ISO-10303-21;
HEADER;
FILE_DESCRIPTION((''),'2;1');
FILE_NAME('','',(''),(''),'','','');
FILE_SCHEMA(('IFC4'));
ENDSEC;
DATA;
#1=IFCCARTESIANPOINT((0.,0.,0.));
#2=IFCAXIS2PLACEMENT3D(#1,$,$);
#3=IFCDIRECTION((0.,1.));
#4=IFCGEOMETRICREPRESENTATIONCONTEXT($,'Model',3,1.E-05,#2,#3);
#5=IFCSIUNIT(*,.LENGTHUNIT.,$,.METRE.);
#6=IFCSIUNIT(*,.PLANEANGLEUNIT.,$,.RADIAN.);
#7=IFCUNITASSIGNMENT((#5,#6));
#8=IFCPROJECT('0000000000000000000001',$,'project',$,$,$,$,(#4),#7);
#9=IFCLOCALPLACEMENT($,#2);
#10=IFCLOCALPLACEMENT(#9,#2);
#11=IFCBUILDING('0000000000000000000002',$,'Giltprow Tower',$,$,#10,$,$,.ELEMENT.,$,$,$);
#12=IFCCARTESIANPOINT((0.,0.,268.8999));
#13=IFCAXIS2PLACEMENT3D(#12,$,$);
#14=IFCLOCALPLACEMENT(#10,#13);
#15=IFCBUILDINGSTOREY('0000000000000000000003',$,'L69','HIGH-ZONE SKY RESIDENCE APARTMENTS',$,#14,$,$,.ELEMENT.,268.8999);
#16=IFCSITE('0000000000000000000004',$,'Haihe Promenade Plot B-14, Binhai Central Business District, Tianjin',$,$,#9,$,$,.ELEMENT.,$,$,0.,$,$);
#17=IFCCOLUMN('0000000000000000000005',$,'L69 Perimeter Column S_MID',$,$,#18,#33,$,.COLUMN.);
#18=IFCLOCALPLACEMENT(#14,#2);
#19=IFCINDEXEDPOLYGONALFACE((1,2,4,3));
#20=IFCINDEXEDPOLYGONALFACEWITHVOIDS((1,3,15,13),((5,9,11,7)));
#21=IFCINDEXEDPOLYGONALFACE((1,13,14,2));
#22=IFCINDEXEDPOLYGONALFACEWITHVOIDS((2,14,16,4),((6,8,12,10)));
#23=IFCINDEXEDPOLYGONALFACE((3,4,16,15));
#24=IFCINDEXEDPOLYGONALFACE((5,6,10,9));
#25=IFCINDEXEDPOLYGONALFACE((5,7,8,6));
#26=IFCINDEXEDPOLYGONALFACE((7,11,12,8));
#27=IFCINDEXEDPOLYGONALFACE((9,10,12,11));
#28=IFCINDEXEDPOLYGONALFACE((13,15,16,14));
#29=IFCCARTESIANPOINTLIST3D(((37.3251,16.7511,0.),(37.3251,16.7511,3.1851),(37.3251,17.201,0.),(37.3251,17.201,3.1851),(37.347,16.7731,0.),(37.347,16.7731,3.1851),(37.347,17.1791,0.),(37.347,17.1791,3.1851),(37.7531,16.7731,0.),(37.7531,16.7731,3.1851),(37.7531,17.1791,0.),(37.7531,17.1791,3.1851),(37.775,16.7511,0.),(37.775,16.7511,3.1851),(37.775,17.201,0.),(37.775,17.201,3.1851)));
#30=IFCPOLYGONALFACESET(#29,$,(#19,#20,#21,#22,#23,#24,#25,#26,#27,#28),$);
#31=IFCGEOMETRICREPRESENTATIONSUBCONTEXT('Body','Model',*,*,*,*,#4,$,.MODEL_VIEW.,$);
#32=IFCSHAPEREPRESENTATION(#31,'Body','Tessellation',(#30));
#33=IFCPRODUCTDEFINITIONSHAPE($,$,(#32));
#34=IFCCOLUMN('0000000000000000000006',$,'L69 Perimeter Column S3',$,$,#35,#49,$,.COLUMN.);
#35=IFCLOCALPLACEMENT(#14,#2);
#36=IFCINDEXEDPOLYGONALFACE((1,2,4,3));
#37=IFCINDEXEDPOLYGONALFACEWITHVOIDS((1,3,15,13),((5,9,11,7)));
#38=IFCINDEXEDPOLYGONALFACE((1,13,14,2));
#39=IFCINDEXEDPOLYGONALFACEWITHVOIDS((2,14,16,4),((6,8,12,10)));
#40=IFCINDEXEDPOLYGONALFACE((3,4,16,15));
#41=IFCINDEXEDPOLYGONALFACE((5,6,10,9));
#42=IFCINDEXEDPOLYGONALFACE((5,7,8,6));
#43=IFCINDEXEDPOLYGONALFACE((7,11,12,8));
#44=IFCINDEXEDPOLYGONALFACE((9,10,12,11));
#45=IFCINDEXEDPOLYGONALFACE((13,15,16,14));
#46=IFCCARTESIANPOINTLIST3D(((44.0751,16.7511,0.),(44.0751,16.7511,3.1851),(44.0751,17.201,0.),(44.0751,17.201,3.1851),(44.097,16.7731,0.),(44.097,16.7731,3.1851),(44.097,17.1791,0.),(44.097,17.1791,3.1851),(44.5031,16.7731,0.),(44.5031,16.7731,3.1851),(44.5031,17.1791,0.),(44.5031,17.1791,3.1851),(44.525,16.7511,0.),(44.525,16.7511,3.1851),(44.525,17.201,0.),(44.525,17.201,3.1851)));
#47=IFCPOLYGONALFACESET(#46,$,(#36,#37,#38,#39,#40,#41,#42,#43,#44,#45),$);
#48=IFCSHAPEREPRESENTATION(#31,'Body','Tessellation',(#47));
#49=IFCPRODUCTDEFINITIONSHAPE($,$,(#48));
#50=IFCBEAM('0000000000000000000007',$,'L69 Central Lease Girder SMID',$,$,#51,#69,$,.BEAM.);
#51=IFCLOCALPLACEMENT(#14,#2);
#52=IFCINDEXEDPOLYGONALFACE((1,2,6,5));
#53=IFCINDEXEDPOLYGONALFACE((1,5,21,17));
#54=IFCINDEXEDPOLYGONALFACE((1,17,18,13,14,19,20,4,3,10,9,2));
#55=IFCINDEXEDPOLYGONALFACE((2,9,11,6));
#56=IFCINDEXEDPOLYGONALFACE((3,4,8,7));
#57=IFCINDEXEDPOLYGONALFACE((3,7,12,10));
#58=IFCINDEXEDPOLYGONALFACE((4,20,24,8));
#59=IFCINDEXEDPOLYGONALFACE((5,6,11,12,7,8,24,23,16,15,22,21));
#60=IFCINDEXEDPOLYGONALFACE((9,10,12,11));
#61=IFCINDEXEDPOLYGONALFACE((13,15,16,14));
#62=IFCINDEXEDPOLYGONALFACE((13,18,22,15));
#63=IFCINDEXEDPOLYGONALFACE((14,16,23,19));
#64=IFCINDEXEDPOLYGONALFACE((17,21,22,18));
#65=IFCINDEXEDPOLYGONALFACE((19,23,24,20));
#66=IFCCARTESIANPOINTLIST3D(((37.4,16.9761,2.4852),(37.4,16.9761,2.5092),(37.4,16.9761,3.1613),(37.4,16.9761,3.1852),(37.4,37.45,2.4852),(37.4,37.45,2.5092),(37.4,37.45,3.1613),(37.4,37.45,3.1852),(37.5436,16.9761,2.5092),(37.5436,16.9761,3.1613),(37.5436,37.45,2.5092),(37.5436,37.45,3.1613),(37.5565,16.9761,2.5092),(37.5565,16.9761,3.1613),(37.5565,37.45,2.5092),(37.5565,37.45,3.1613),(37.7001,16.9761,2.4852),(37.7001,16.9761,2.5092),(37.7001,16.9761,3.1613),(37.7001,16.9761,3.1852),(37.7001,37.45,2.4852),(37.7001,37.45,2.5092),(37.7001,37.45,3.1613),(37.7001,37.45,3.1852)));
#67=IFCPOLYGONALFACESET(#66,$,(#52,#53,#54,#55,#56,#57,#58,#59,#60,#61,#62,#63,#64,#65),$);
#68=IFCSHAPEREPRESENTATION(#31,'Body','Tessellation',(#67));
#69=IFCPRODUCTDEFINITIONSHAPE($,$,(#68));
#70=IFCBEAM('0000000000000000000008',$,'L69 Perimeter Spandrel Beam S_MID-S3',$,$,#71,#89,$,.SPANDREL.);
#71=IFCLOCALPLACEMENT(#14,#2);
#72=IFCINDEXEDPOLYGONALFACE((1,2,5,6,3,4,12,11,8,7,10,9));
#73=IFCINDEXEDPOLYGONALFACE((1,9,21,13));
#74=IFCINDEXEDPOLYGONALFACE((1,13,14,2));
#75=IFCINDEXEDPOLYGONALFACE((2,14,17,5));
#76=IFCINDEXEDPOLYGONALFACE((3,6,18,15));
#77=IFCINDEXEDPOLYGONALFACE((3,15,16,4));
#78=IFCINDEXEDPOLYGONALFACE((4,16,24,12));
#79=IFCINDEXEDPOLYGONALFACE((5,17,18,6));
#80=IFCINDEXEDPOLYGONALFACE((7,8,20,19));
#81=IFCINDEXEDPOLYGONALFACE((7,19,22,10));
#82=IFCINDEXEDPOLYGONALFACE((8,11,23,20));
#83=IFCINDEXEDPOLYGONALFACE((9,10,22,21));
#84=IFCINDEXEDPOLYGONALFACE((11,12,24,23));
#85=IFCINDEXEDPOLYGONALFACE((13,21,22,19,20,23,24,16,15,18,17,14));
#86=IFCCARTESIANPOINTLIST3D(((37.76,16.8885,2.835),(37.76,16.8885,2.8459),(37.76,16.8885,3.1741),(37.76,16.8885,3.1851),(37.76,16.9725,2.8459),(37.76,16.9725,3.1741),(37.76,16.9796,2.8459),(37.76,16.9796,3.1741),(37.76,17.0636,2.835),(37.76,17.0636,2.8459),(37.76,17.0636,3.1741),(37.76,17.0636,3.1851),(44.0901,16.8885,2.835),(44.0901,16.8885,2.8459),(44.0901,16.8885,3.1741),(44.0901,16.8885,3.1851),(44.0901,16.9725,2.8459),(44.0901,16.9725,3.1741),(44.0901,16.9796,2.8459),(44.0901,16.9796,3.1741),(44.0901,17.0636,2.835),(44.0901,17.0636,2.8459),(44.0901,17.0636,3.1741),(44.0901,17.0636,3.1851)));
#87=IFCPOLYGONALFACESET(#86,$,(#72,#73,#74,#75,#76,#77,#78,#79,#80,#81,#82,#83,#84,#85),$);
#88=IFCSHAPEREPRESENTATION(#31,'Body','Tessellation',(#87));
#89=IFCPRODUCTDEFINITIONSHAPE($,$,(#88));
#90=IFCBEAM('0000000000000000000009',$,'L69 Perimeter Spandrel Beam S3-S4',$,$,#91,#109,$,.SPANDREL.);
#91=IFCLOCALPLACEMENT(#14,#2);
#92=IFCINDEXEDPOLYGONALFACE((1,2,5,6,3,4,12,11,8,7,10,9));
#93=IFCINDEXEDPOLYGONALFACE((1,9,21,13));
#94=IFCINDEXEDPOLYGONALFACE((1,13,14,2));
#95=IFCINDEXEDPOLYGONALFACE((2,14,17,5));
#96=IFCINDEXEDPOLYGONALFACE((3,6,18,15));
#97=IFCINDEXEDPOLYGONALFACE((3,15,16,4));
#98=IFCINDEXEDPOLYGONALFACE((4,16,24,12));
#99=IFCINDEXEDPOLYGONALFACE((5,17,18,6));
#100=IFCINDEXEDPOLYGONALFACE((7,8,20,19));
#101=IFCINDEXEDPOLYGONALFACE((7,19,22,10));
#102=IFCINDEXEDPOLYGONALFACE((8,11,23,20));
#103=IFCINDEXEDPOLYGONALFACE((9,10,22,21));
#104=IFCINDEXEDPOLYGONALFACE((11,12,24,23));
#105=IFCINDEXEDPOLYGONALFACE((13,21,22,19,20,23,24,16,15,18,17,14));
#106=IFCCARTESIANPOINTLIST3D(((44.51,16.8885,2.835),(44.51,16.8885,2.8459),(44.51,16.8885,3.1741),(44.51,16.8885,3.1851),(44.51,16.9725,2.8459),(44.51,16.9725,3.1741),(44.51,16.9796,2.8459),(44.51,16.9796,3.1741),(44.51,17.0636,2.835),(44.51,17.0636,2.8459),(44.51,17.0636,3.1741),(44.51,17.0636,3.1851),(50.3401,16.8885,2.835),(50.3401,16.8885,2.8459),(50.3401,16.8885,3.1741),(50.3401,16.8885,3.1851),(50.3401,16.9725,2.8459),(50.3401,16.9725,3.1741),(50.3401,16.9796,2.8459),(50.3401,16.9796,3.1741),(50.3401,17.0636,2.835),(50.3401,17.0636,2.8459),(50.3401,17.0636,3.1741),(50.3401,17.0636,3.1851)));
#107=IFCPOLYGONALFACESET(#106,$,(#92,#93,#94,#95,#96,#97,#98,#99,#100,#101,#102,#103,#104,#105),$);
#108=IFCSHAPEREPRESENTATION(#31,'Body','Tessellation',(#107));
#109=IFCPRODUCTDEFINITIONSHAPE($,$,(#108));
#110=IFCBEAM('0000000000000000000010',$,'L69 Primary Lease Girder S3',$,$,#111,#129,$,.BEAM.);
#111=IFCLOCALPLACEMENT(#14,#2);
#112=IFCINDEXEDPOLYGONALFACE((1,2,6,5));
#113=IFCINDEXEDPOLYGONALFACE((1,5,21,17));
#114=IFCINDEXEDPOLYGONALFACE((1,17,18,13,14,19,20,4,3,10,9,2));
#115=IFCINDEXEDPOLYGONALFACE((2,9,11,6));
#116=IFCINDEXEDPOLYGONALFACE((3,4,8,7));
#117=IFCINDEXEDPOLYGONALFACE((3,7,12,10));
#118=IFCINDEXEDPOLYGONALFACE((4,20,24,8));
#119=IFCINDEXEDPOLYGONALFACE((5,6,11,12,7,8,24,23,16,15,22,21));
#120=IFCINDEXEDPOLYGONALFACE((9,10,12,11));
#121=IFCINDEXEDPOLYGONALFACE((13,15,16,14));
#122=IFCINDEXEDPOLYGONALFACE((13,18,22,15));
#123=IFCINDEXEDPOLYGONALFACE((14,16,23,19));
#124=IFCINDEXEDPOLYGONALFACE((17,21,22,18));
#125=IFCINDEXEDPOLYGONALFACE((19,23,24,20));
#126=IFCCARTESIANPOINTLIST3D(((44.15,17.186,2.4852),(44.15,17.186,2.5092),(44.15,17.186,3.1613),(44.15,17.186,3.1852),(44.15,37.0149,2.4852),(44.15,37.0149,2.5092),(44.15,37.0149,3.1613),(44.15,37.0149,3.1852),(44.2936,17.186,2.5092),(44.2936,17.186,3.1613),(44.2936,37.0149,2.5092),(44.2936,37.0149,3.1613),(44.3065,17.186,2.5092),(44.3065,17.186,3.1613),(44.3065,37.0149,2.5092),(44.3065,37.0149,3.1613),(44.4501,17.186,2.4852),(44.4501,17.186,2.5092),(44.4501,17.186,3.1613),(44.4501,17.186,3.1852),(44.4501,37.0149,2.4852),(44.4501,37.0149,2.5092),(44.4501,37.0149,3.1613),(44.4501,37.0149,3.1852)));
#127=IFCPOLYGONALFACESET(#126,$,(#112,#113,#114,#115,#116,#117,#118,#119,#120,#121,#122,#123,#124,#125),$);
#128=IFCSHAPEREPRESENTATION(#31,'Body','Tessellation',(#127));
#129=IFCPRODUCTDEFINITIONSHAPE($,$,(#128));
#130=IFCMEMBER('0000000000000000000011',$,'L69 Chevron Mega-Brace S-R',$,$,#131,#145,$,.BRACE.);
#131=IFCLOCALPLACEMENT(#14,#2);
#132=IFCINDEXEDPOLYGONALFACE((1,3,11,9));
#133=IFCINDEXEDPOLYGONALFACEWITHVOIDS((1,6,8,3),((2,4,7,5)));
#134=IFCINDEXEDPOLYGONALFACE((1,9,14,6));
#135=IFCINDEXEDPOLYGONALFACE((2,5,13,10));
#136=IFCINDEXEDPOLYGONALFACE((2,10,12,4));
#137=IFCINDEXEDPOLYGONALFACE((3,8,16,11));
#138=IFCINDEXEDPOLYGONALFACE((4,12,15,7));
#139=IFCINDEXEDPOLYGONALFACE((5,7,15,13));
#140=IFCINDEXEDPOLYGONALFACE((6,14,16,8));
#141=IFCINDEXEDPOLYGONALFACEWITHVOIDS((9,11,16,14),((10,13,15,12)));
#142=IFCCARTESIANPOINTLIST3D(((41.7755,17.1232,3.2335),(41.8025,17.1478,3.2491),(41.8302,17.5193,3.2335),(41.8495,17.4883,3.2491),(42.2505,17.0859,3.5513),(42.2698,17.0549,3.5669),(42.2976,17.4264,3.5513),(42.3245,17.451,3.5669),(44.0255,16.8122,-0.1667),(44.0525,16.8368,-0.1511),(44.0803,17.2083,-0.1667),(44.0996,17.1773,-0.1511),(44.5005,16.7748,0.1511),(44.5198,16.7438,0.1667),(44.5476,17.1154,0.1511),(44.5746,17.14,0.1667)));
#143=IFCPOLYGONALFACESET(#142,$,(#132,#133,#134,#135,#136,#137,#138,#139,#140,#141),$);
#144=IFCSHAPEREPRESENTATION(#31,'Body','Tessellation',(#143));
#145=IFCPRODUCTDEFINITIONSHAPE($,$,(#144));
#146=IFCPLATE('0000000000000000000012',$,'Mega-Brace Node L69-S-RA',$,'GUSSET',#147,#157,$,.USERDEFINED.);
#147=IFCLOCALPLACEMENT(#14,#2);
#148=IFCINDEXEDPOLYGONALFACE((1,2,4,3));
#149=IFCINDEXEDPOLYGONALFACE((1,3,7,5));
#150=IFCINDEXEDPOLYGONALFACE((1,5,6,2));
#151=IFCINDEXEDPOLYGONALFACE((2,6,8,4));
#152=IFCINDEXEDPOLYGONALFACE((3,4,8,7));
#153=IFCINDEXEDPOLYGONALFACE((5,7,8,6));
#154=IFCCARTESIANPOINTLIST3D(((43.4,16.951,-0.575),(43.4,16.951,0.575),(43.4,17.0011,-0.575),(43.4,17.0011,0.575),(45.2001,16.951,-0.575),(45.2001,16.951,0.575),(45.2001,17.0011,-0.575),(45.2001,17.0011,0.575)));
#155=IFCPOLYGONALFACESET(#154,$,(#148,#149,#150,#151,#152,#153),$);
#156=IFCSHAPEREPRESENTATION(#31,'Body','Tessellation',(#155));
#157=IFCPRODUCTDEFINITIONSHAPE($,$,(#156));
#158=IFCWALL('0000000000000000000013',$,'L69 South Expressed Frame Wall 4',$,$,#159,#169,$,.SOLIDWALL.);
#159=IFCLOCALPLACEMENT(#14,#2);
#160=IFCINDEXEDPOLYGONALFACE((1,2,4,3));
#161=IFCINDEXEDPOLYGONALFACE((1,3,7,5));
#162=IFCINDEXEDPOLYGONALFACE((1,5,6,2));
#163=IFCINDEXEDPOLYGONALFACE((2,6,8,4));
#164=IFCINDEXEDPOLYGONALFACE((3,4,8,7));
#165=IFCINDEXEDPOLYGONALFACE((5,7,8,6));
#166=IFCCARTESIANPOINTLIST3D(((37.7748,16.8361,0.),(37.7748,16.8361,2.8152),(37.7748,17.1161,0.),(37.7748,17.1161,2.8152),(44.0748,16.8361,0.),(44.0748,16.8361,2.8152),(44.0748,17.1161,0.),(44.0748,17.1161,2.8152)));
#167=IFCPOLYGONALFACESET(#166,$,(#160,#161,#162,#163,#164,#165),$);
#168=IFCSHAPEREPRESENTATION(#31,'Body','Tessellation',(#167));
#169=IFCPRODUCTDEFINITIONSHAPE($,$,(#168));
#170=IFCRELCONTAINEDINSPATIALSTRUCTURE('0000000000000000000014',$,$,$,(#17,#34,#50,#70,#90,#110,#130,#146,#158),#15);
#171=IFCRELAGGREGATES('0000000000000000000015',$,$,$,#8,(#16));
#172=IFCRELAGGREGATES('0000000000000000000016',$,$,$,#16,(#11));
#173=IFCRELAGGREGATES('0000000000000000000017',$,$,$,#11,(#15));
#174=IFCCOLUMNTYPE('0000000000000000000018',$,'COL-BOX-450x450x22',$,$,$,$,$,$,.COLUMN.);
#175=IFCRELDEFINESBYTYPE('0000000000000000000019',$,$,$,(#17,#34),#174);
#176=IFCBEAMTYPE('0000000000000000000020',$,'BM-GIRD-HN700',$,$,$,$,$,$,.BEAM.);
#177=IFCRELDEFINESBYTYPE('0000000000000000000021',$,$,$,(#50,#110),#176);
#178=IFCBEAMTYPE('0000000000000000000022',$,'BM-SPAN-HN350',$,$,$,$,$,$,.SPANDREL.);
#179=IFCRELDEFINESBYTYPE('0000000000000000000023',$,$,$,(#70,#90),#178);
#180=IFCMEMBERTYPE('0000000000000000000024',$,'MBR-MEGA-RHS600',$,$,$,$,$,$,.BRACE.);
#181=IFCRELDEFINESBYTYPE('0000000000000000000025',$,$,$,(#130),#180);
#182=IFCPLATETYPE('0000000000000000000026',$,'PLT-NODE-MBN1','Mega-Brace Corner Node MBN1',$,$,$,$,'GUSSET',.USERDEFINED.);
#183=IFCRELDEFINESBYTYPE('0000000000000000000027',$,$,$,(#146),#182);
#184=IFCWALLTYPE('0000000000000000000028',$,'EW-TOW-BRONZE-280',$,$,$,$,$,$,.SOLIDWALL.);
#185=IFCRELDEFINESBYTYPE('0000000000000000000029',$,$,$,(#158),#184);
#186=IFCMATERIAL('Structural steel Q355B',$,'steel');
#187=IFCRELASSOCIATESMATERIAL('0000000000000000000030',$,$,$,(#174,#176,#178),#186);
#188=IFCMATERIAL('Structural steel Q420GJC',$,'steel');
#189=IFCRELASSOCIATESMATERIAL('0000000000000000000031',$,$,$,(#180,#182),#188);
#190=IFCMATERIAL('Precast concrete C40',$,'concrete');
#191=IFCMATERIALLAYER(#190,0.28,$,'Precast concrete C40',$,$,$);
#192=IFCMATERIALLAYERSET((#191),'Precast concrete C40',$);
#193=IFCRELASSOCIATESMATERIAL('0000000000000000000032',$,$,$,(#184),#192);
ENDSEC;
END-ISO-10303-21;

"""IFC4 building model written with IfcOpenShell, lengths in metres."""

from ifc_helpers import new_model, si_unit, direction, frame, frame_2d, origin, origin_2d, place, context, subcontext, project, spatial, rectangle, hollow_rectangle, i_section, extrude, source, transform, mapped, material, layer, layer_set, material_profile, profile_set, type_object, element, save


model = new_model("IFC4")

# Units and contexts
model_context = context("Model", 3, precision=1e-05, world=origin(), true_north=direction((0.0, 1.0)))
body_context = subcontext(model_context, "Body", "Model", "MODEL_VIEW")
ifc_project = project(units=[si_unit("LENGTHUNIT", "METRE"), si_unit("PLANEANGLEUNIT", "RADIAN")], contexts=[model_context])

# Site, building, storey
site_placement = place(None, origin())
site = spatial("IfcSite", under=ifc_project, at=site_placement, Name="Haihe Promenade Plot B-14, Binhai Central Business District, Tianjin", CompositionType="ELEMENT", RefElevation=0.0)
building_placement = place(site_placement, origin())
building = spatial("IfcBuilding", under=site, at=building_placement, Name="Giltprow Tower", CompositionType="ELEMENT")
storey_placement = place(building_placement, frame((0.0, 0.0, 268.8999)))
storey = spatial("IfcBuildingStorey", under=building, at=storey_placement, Name="L69", Description="HIGH-ZONE SKY RESIDENCE APARTMENTS", CompositionType="ELEMENT", Elevation=268.8999)

# Columns
ifc_material_1 = material(Name="Structural steel Q355B", Category="steel")
ifc_material_profile_1 = material_profile(ifc_material_1, hollow_rectangle(XDim=0.45, YDim=0.45, WallThickness=0.022, at=origin_2d()), Name="BOX 450x450x22")
ifc_profile_set_1 = profile_set([ifc_material_profile_1], Name="Structural steel Q355B")
column_type = type_object("IfcColumnType", Name="COL-BOX-450x450x22", PredefinedType="COLUMN", material=ifc_profile_set_1)
shared_shape_1 = source(origin(), body_context, "Body", "SweptSolid", [
    extrude(hollow_rectangle(XDim=0.45, YDim=0.45, WallThickness=0.022, at=origin_2d()), origin(), (0.0, 0.0, 1.0), 3.1851),
])
for number, where, z_axis, x_axis, name in (
    (1, (37.55, 16.9761, 0.0), (0.0, 0.0, 1.0), (1.0, 0.0, 0.0), "L69 Perimeter Column S_MID"),
    (2, (44.3, 16.9761, 0.0), (0.0, 0.0, 1.0), (1.0, 0.0, 0.0), "L69 Perimeter Column S3"),
):
    element("IfcColumn", number, at=place(storey_placement, frame(where, z_axis=z_axis, x_axis=x_axis)), inside=storey, type_object=column_type, Name=name, PredefinedType="COLUMN", context=body_context, shape_type="MappedRepresentation", body=[
        mapped(shared_shape_1, transform((0.0, 0.0, 0.0), x_axis=(1.0, 0.0, 0.0), y_axis=(0.0, 1.0, 0.0), z_axis=(0.0, 0.0, 1.0), scale=1.0)),
    ])

# Beams
ifc_material_profile_2 = material_profile(ifc_material_1, i_section(OverallWidth=0.3, OverallDepth=0.7, WebThickness=0.0129, FlangeThickness=0.0239, at=origin_2d()), Name="HN 700x300x13x24")
ifc_profile_set_2 = profile_set([ifc_material_profile_2], Name="Structural steel Q355B")
beam_type_1 = type_object("IfcBeamType", Name="BM-GIRD-HN700", PredefinedType="BEAM", material=ifc_profile_set_2)
shared_shape_2 = source(origin(), body_context, "Body", "SweptSolid", [
    extrude(i_section(OverallWidth=0.3, OverallDepth=0.7, WebThickness=0.0129, FlangeThickness=0.0239, at=origin_2d()), origin(), (0.0, 0.0, 1.0), 20.4739),
])
beam_1_placement = place(storey_placement, frame((37.55, 16.9761, 2.8352), z_axis=(0.0, 1.0, 0.0), x_axis=(-1.0, 0.0, 0.0)))
element("IfcBeam", 3, at=beam_1_placement, inside=storey, type_object=beam_type_1, Name="L69 Central Lease Girder SMID", PredefinedType="BEAM", context=body_context, shape_type="MappedRepresentation", body=[
    mapped(shared_shape_2, transform((0.0, 0.0, 0.0), x_axis=(1.0, 0.0, 0.0), y_axis=(0.0, 1.0, 0.0), z_axis=(0.0, 0.0, 1.0), scale=1.0)),
])
ifc_material_profile_3 = material_profile(ifc_material_1, i_section(OverallWidth=0.175, OverallDepth=0.3501, WebThickness=0.0071, FlangeThickness=0.011, at=origin_2d()), Name="HN 350x175x7x11")
ifc_profile_set_3 = profile_set([ifc_material_profile_3], Name="Structural steel Q355B")
beam_type_2 = type_object("IfcBeamType", Name="BM-SPAN-HN350", PredefinedType="SPANDREL", material=ifc_profile_set_3)
shared_shape_3 = source(origin(), body_context, "Body", "SweptSolid", [
    extrude(i_section(OverallWidth=0.175, OverallDepth=0.3501, WebThickness=0.0071, FlangeThickness=0.011, at=origin_2d()), origin(), (0.0, 0.0, 1.0), 6.3301),
])
beam_2_placement = place(storey_placement, frame((37.76, 16.9761, 3.01), z_axis=(1.0, 0.0, 0.0), x_axis=(0.0, 1.0, 0.0)))
element("IfcBeam", 4, at=beam_2_placement, inside=storey, type_object=beam_type_2, Name="L69 Perimeter Spandrel Beam S_MID-S3", PredefinedType="SPANDREL", context=body_context, shape_type="MappedRepresentation", body=[
    mapped(shared_shape_3, transform((0.0, 0.0, 0.0), x_axis=(1.0, 0.0, 0.0), y_axis=(0.0, 1.0, 0.0), z_axis=(0.0, 0.0, 1.0), scale=1.0)),
])
shared_shape_4 = source(origin(), body_context, "Body", "SweptSolid", [
    extrude(i_section(OverallWidth=0.175, OverallDepth=0.3501, WebThickness=0.0071, FlangeThickness=0.011, at=origin_2d()), origin(), (0.0, 0.0, 1.0), 5.8301),
])
beam_3_placement = place(storey_placement, frame((44.51, 16.9761, 3.01), z_axis=(1.0, 0.0, 0.0), x_axis=(0.0, 1.0, 0.0)))
element("IfcBeam", 5, at=beam_3_placement, inside=storey, type_object=beam_type_2, Name="L69 Perimeter Spandrel Beam S3-S4", PredefinedType="SPANDREL", context=body_context, shape_type="MappedRepresentation", body=[
    mapped(shared_shape_4, transform((0.0, 0.0, 0.0), x_axis=(1.0, 0.0, 0.0), y_axis=(0.0, 1.0, 0.0), z_axis=(0.0, 0.0, 1.0), scale=1.0)),
])
shared_shape_5 = source(origin(), body_context, "Body", "SweptSolid", [
    extrude(i_section(OverallWidth=0.3, OverallDepth=0.7, WebThickness=0.0129, FlangeThickness=0.0239, at=origin_2d()), origin(), (0.0, 0.0, 1.0), 19.8289),
])
beam_4_placement = place(storey_placement, frame((44.3, 17.186, 2.8352), z_axis=(0.0, 1.0, 0.0), x_axis=(-1.0, 0.0, 0.0)))
element("IfcBeam", 6, at=beam_4_placement, inside=storey, type_object=beam_type_1, Name="L69 Primary Lease Girder S3", PredefinedType="BEAM", context=body_context, shape_type="MappedRepresentation", body=[
    mapped(shared_shape_5, transform((0.0, 0.0, 0.0), x_axis=(1.0, 0.0, 0.0), y_axis=(0.0, 1.0, 0.0), z_axis=(0.0, 0.0, 1.0), scale=1.0)),
])

# Member
ifc_material_2 = material(Name="Structural steel Q420GJC", Category="steel")
ifc_material_profile_4 = material_profile(ifc_material_2, hollow_rectangle(XDim=0.3999, YDim=0.6001, WallThickness=0.0281, at=origin_2d()), Name="RHS 600x400x28")
ifc_profile_set_4 = profile_set([ifc_material_profile_4], Name="Structural steel Q420GJC")
member_type = type_object("IfcMemberType", Name="MBR-MEGA-RHS600", PredefinedType="BRACE", material=ifc_profile_set_4)
shared_shape_6 = source(origin(), body_context, "Body", "SweptSolid", [
    extrude(hollow_rectangle(XDim=0.3999, YDim=0.6001, WallThickness=0.0281, at=origin_2d()), origin(), (0.0, 0.0, 1.0), 4.0891),
])
member_placement = place(storey_placement, frame((44.3, 16.9761, 0.0), z_axis=(-0.550252, 0.076066, 0.831527), x_axis=(-0.136936, -0.99058, 0.0)))
element("IfcMember", 7, at=member_placement, inside=storey, type_object=member_type, Name="L69 Chevron Mega-Brace S-R", PredefinedType="BRACE", context=body_context, shape_type="MappedRepresentation", body=[
    mapped(shared_shape_6, transform((0.0, 0.0, 0.0), x_axis=(1.0, 0.0, 0.0), y_axis=(0.0, 1.0, 0.0), z_axis=(0.0, 0.0, 1.0), scale=1.0)),
])

# Plate
plate_type = type_object("IfcPlateType", Name="PLT-NODE-MBN1", Description="Mega-Brace Corner Node MBN1", ElementType="GUSSET", PredefinedType="USERDEFINED", material=ifc_material_2)
shared_shape_7 = source(origin(), body_context, "Body", "SweptSolid", [
    extrude(rectangle(XDim=1.8, YDim=0.05, at=origin_2d()), origin(), (0.0, 0.0, 1.0), 1.1499),
])
plate_placement = place(storey_placement, frame((44.3, 16.9761, -0.575), z_axis=(0.0, 0.0, 1.0), x_axis=(1.0, 0.0, 0.0)))
element("IfcPlate", 8, at=plate_placement, inside=storey, type_object=plate_type, Name="Mega-Brace Node L69-S-RA", ObjectType="GUSSET", PredefinedType="USERDEFINED", context=body_context, shape_type="MappedRepresentation", body=[
    mapped(shared_shape_7, transform((0.0, 0.0, 0.0), x_axis=(1.0, 0.0, 0.0), y_axis=(0.0, 1.0, 0.0), z_axis=(0.0, 0.0, 1.0), scale=1.0)),
])

# Wall
ifc_material_3 = material(Name="Precast concrete C40", Category="concrete")
ifc_layer_1 = layer(ifc_material_3, 0.28, Name="Precast concrete C40")
ifc_layer_set_1 = layer_set([ifc_layer_1], Name="Precast concrete C40")
wall_type_1 = type_object("IfcWallType", Name="EW-TOW-BRONZE-280", PredefinedType="SOLIDWALL", material=ifc_layer_set_1)
wall_1_placement = place(storey_placement, frame((37.7749, 16.9761, 0.0), z_axis=(0.0, 0.0, 1.0), x_axis=(1.0, 0.0, 0.0)))
element("IfcWall", 9, at=wall_1_placement, inside=storey, type_object=wall_type_1, Name="L69 South Expressed Frame Wall 4", PredefinedType="SOLIDWALL", context=body_context, shape_type="SweptSolid", body=[
    extrude(rectangle(XDim=6.3, YDim=0.28, at=frame_2d((3.1499, 0.0))), origin(), (0.0, 0.0, 1.0), 2.8152),
])

save(model, "model.ifc")
